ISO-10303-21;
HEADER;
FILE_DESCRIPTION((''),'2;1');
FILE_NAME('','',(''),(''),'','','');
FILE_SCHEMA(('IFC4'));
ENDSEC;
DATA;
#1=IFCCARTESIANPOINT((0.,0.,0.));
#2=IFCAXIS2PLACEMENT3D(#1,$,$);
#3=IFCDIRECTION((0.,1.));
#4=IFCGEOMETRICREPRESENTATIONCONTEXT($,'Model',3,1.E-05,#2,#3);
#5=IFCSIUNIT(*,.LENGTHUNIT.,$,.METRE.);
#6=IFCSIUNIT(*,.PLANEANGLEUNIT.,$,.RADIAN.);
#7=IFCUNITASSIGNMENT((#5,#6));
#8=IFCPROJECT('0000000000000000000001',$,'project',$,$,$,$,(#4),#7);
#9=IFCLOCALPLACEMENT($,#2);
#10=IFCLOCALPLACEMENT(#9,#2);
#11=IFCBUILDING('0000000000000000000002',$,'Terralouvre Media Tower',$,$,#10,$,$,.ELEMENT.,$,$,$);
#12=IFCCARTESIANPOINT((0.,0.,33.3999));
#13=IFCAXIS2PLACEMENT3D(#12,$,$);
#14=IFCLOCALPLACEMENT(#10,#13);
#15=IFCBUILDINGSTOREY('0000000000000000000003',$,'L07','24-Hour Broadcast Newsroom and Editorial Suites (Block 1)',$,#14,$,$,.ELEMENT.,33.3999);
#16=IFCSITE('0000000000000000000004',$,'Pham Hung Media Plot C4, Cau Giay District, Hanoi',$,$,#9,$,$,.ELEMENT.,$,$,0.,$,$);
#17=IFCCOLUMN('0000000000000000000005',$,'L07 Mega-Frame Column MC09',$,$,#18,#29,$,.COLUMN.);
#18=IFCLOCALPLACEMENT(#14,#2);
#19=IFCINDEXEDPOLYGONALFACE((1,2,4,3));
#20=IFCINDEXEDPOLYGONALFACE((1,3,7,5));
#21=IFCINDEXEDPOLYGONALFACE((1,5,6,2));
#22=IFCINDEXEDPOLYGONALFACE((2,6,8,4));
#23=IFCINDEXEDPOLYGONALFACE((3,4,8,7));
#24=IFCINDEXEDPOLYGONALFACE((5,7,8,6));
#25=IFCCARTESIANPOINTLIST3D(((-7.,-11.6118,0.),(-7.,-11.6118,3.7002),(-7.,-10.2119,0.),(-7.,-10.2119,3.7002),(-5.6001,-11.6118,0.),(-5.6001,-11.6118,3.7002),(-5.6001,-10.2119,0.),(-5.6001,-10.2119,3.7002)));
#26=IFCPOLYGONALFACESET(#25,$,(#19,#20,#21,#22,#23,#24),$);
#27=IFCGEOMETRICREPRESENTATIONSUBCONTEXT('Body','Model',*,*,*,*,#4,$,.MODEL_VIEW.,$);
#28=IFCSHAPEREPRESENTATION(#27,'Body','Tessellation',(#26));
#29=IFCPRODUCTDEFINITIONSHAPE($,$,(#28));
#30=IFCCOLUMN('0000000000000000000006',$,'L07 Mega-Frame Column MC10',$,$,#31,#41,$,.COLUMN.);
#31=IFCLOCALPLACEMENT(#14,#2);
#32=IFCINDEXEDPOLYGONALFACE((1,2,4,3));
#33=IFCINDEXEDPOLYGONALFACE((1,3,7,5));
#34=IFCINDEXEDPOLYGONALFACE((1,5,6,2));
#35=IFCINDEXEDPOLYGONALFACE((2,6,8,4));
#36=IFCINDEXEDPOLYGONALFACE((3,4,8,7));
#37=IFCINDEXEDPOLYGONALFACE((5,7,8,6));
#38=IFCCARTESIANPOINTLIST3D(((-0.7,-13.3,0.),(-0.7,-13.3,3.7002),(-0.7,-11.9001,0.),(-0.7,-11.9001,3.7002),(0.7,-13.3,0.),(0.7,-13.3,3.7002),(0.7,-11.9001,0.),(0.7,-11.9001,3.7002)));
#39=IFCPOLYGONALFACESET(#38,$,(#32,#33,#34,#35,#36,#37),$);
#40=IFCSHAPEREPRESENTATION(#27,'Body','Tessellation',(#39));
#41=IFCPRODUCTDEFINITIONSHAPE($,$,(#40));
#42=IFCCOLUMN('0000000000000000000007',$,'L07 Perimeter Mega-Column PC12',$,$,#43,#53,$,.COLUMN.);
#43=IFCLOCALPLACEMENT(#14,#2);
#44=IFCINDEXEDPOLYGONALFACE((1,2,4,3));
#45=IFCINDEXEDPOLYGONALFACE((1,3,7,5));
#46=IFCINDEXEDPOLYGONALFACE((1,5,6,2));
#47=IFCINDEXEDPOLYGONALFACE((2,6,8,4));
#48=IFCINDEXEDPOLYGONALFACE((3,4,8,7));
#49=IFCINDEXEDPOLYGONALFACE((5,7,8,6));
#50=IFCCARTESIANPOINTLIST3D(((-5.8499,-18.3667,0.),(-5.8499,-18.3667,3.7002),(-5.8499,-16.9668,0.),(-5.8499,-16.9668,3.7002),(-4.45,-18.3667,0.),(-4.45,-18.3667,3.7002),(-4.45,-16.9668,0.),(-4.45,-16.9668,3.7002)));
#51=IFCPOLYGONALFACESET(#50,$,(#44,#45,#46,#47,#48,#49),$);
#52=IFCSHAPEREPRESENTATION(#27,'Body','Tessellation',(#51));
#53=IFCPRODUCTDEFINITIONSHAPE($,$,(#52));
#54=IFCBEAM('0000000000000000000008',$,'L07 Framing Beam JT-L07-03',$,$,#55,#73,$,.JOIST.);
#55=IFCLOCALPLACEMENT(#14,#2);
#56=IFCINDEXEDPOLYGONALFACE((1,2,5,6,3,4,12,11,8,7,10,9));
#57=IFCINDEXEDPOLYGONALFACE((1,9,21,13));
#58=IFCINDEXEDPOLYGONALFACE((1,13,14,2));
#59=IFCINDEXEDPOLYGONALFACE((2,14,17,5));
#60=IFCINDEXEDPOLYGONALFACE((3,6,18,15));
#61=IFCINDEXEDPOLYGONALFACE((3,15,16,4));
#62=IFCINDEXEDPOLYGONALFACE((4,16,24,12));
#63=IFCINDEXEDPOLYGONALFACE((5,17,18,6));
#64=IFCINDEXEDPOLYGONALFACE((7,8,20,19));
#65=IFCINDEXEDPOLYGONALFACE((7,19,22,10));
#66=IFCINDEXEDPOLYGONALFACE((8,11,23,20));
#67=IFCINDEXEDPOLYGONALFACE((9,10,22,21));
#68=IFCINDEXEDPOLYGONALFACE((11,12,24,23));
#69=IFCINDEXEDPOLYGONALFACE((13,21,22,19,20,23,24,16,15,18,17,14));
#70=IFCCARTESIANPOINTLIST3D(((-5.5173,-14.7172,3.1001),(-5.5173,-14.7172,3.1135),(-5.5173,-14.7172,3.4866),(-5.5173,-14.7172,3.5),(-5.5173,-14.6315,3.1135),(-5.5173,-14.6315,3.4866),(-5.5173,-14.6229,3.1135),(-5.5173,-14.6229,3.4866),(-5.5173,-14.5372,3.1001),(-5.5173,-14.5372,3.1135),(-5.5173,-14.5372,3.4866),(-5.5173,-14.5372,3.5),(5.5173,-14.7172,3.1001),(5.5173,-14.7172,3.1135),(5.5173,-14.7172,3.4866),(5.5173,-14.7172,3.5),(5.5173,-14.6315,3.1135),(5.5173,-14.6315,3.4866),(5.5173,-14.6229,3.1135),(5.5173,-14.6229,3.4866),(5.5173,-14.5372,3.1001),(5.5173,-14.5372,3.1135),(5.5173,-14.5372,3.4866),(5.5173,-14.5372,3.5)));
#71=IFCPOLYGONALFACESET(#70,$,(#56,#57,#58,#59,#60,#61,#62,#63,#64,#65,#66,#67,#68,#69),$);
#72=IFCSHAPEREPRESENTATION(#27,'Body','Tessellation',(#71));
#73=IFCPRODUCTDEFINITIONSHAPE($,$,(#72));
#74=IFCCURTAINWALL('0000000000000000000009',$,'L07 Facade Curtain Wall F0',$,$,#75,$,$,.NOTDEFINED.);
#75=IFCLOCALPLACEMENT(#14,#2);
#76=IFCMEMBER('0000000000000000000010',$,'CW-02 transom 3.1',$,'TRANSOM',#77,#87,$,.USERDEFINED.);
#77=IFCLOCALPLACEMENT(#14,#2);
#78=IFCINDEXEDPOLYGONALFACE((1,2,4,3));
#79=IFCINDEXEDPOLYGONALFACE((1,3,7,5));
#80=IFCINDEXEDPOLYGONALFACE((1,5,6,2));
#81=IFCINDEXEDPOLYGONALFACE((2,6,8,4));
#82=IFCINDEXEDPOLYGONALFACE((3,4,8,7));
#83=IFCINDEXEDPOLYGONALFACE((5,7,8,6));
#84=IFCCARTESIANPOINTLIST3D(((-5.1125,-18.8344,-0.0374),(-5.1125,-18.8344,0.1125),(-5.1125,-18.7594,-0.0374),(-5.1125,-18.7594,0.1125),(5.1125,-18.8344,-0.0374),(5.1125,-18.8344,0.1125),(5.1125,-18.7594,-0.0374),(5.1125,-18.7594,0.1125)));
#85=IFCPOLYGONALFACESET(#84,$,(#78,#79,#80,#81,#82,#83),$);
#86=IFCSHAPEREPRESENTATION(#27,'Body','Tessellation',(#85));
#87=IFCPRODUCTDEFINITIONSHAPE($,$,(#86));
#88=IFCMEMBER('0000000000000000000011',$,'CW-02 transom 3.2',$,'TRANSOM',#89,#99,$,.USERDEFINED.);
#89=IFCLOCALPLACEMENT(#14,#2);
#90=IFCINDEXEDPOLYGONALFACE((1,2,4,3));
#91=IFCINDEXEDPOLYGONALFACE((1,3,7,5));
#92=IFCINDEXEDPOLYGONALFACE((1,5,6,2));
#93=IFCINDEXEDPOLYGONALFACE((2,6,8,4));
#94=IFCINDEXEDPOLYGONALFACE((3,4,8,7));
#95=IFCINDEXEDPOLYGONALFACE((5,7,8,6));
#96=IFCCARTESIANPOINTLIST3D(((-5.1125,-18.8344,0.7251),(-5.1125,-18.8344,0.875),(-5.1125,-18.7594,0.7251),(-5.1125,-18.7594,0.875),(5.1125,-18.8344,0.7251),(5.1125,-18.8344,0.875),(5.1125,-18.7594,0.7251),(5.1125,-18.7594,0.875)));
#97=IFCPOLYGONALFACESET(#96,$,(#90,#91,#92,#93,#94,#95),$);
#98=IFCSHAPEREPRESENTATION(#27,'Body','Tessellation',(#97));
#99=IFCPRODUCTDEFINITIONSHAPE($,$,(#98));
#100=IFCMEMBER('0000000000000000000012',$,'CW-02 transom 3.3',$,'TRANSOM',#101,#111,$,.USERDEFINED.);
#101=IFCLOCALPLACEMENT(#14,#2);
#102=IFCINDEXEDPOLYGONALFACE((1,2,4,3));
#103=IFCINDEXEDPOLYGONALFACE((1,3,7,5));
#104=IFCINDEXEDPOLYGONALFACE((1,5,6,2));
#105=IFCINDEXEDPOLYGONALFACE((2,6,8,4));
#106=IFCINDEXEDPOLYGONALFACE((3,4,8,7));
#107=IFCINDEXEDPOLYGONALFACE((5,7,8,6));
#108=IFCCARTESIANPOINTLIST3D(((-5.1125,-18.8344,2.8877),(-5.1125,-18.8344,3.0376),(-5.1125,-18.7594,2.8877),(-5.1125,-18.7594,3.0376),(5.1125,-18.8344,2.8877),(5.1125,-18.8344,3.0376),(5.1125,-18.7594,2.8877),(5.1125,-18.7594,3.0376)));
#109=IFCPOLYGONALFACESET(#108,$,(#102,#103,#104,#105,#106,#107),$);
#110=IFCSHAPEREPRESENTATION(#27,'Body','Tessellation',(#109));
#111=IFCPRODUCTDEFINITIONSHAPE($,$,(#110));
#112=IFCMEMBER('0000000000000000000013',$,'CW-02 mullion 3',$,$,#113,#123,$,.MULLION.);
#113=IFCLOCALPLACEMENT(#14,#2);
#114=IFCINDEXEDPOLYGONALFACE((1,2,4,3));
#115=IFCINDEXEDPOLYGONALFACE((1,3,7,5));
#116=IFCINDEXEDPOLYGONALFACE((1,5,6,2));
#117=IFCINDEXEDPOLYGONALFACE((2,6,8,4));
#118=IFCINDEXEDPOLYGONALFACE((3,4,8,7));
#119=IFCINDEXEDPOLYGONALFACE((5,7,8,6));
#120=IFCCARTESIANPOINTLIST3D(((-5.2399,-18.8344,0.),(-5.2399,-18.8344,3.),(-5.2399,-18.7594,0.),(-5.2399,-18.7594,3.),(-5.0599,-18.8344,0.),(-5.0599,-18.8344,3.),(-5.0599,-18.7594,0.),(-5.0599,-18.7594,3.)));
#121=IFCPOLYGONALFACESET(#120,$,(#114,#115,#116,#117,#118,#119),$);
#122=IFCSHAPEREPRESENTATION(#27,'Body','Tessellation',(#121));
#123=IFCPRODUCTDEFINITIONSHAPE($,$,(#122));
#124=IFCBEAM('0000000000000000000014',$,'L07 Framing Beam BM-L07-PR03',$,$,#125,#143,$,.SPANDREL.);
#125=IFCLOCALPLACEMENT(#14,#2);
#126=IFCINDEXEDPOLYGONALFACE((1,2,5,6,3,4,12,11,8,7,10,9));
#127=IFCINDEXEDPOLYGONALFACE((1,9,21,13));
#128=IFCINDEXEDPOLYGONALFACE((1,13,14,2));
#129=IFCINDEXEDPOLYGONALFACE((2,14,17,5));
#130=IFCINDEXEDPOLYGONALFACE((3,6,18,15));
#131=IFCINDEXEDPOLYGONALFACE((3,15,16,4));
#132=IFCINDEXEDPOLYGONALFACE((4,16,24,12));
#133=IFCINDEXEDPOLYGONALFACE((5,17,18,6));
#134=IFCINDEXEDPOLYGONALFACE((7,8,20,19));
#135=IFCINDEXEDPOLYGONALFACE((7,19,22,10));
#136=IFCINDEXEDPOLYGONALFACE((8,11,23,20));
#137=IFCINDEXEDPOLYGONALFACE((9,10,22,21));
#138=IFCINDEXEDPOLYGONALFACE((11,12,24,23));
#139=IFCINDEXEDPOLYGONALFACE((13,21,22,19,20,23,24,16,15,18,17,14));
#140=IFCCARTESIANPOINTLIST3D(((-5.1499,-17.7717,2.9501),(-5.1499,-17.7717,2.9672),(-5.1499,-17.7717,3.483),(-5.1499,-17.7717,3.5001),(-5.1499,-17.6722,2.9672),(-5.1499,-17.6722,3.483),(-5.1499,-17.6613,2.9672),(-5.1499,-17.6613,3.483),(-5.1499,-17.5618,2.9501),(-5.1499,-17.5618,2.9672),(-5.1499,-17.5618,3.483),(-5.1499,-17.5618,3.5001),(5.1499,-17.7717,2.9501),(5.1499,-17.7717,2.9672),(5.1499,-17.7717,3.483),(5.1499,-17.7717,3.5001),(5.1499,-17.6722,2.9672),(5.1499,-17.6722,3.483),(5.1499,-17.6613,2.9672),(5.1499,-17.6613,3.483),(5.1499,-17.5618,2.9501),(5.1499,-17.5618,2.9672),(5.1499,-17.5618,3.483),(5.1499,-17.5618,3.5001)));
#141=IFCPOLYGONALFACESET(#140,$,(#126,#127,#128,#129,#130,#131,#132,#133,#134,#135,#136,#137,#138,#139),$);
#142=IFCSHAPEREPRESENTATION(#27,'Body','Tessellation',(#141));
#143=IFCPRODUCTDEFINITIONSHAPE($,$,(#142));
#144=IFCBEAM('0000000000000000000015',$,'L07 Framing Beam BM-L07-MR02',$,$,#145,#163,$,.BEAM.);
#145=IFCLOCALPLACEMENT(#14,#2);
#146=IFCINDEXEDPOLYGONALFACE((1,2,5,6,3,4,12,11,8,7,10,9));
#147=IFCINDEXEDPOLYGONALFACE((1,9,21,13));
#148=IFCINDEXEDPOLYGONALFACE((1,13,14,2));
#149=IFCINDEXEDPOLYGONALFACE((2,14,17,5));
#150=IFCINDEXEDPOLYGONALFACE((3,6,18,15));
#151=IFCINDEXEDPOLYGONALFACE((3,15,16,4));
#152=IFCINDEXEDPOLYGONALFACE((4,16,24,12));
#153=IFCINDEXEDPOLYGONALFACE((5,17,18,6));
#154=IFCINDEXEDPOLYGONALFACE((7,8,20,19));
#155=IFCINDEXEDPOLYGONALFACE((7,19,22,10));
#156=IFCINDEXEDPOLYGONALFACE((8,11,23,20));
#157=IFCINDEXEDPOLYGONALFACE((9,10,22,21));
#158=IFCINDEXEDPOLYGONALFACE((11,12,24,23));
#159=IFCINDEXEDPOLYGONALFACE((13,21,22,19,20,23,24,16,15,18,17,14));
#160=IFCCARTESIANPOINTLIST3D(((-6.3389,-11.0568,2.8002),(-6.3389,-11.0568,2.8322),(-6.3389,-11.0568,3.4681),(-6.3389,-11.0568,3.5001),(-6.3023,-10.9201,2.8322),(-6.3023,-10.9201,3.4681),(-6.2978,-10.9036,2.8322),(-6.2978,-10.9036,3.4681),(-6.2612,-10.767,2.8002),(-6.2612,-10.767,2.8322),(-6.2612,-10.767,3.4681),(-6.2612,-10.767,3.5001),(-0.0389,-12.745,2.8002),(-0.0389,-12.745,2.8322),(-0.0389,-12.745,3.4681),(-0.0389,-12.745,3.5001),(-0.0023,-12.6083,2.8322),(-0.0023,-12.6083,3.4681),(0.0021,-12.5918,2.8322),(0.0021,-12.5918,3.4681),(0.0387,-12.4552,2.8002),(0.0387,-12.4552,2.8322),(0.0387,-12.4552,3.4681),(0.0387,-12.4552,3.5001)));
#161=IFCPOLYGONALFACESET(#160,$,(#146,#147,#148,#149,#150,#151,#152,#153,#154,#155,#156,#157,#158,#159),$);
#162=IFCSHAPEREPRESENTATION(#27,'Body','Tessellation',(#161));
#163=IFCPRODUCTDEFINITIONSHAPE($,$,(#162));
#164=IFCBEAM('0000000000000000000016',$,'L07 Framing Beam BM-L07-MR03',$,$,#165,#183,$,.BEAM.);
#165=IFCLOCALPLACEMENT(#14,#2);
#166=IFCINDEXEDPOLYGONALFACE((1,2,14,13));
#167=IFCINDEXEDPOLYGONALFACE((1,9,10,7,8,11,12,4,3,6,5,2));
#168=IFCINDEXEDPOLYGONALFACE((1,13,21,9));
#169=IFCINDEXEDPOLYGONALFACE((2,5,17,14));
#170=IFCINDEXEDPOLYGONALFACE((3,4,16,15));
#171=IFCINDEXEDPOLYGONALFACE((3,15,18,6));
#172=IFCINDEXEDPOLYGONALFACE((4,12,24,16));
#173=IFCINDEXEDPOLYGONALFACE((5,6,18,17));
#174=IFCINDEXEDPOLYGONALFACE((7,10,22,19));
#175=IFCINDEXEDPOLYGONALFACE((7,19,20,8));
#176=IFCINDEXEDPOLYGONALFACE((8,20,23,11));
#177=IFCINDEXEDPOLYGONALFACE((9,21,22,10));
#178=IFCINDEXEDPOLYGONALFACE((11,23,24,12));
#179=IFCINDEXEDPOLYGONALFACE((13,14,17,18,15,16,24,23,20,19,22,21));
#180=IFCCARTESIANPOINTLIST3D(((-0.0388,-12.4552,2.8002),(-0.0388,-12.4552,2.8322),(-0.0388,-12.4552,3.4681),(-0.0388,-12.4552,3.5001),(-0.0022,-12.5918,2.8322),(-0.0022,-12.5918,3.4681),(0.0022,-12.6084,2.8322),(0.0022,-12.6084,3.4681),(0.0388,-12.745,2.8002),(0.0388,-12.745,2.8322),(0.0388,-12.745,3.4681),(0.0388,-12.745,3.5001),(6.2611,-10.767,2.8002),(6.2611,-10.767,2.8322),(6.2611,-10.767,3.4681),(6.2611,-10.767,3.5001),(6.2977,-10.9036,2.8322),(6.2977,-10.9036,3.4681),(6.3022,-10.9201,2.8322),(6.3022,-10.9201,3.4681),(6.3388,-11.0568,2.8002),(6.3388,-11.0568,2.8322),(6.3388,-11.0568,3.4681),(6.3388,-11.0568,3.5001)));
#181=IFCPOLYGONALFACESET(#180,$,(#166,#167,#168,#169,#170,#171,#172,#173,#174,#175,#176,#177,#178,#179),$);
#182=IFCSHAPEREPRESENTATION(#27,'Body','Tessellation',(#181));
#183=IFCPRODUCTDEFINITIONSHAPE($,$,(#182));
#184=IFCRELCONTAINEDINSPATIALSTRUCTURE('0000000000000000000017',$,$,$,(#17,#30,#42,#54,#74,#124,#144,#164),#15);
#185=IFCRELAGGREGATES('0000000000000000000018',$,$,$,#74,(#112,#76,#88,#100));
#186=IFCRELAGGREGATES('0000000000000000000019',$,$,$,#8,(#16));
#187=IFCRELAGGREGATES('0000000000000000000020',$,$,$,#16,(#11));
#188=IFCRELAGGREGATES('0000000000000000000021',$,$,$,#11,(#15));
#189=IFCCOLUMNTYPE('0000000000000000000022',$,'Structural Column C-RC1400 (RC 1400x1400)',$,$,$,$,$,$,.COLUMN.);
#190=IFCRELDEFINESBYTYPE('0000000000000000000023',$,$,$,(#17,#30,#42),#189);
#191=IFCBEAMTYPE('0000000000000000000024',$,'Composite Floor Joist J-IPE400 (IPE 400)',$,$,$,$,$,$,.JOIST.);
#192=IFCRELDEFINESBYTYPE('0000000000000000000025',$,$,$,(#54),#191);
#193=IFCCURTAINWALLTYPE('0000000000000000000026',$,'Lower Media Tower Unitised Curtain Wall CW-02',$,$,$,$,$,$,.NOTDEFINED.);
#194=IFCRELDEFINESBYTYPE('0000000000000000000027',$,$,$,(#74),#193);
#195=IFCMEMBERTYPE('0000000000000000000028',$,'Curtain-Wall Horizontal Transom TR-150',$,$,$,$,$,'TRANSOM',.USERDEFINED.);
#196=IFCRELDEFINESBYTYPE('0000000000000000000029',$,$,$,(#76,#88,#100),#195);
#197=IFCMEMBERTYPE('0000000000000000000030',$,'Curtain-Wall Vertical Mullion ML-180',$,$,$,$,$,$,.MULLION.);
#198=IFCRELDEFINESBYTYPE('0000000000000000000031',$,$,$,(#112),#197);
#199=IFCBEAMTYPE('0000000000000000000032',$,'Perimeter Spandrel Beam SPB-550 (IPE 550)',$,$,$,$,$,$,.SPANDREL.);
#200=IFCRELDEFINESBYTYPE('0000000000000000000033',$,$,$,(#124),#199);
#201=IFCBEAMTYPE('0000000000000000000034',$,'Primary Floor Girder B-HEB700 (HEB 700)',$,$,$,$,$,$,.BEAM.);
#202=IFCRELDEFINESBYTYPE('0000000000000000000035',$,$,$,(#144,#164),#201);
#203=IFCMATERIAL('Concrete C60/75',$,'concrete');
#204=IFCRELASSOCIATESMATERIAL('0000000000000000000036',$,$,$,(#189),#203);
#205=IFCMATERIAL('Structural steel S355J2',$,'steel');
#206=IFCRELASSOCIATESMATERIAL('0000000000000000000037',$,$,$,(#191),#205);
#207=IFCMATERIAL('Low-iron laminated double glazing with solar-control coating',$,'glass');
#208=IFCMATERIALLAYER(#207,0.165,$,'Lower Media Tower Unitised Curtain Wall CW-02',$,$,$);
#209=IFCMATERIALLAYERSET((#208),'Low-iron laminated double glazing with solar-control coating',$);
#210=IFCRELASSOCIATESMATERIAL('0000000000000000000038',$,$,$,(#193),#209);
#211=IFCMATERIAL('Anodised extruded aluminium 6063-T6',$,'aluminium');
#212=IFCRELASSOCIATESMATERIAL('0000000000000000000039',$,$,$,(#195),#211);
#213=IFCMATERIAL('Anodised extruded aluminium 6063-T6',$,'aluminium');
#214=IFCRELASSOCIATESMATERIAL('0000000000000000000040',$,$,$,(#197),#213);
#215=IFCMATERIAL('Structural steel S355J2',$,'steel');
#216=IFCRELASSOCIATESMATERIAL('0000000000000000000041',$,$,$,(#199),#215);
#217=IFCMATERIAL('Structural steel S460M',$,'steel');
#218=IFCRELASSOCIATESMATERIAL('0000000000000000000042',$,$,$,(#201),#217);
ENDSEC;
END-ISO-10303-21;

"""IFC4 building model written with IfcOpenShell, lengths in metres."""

from ifc_helpers import new_model, si_unit, direction, frame, origin, origin_2d, place, context, subcontext, project, spatial, rectangle, i_section, extrude, material, layer, layer_set, material_profile, profile_set, type_object, element, aggregate, save


model = new_model("IFC4")

# Units and contexts
model_context = context("Model", 3, precision=1e-05, world=origin(), true_north=direction((0.0, 1.0)))
body_context = subcontext(model_context, "Body", "Model", "MODEL_VIEW")
ifc_project = project(units=[si_unit("LENGTHUNIT", "METRE"), si_unit("PLANEANGLEUNIT", "RADIAN")], contexts=[model_context])

# Site, building, storey
site_placement = place(None, origin())
site = spatial("IfcSite", under=ifc_project, at=site_placement, Name="Pham Hung Media Plot C4, Cau Giay District, Hanoi", CompositionType="ELEMENT", RefElevation=0.0)
building_placement = place(site_placement, origin())
building = spatial("IfcBuilding", under=site, at=building_placement, Name="Terralouvre Media Tower", CompositionType="ELEMENT")
storey_placement = place(building_placement, frame((0.0, 0.0, 33.3999)))
storey = spatial("IfcBuildingStorey", under=building, at=storey_placement, Name="L07", Description="24-Hour Broadcast Newsroom and Editorial Suites (Block 1)", CompositionType="ELEMENT", Elevation=33.3999)

# Columns
ifc_material_1 = material(Name="Concrete C60/75", Category="concrete")
ifc_material_profile_1 = material_profile(ifc_material_1, rectangle(XDim=1.3999, YDim=1.3999, at=origin_2d()), Name="RC 1400x1400")
ifc_profile_set_1 = profile_set([ifc_material_profile_1], Name="Concrete C60/75")
column_type = type_object("IfcColumnType", Name="Structural Column C-RC1400 (RC 1400x1400)", PredefinedType="COLUMN", material=ifc_profile_set_1)
for number, where, z_axis, x_axis, name in (
    (1, (-6.3, -10.9119, 0.0), (0.0, 0.0, 1.0), (1.0, 0.0, 0.0), "L07 Mega-Frame Column MC09"),
    (2, (0.0, -12.6001, 0.0), (0.0, 0.0, 1.0), (1.0, 0.0, 0.0), "L07 Mega-Frame Column MC10"),
    (3, (-5.1499, -17.6667, 0.0), (0.0, 0.0, 1.0), (1.0, 0.0, 0.0), "L07 Perimeter Mega-Column PC12"),
):
    element("IfcColumn", number, at=place(storey_placement, frame(where, z_axis=z_axis, x_axis=x_axis)), inside=storey, type_object=column_type, Name=name, PredefinedType="COLUMN", context=body_context, shape_type="SweptSolid", body=[
        extrude(rectangle(XDim=1.3999, YDim=1.3999, at=origin_2d()), origin(), (0.0, 0.0, 1.0), 3.7002),
    ])

# Beam
ifc_material_2 = material(Name="Structural steel S355J2", Category="steel")
ifc_material_profile_2 = material_profile(ifc_material_2, i_section(OverallWidth=0.1799, OverallDepth=0.3999, WebThickness=0.0085, FlangeThickness=0.0134, at=origin_2d()), Name="IPE 400")
ifc_profile_set_2 = profile_set([ifc_material_profile_2], Name="Structural steel S355J2")
beam_type_1 = type_object("IfcBeamType", Name="Composite Floor Joist J-IPE400 (IPE 400)", PredefinedType="JOIST", material=ifc_profile_set_2)
beam_1_placement = place(storey_placement, frame((-5.5173, -14.6272, 3.3), z_axis=(1.0, 0.0, 0.0), x_axis=(0.0, 1.0, 0.0)))
element("IfcBeam", 4, at=beam_1_placement, inside=storey, type_object=beam_type_1, Name="L07 Framing Beam JT-L07-03", PredefinedType="JOIST", context=body_context, shape_type="SweptSolid", body=[
    extrude(i_section(OverallWidth=0.1799, OverallDepth=0.3999, WebThickness=0.0085, FlangeThickness=0.0134, at=origin_2d()), origin(), (0.0, 0.0, 1.0), 11.0347),
])

# Curtain wall, members
ifc_material_3 = material(Name="Low-iron laminated double glazing with solar-control coating", Category="glass")
ifc_layer_1 = layer(ifc_material_3, 0.165, Name="Lower Media Tower Unitised Curtain Wall CW-02")
ifc_layer_set_1 = layer_set([ifc_layer_1], Name="Low-iron laminated double glazing with solar-control coating")
curtain_wall_type = type_object("IfcCurtainWallType", Name="Lower Media Tower Unitised Curtain Wall CW-02", PredefinedType="NOTDEFINED", material=ifc_layer_set_1)
curtain_wall_placement = place(storey_placement, origin())
curtain_wall = element("IfcCurtainWall", 5, at=curtain_wall_placement, inside=storey, type_object=curtain_wall_type, Name="L07 Facade Curtain Wall F0", PredefinedType="NOTDEFINED")
ifc_material_4 = material(Name="Anodised extruded aluminium 6063-T6", Category="aluminium")
ifc_material_profile_3 = material_profile(ifc_material_4, rectangle(XDim=0.075, YDim=0.1499, at=origin_2d()), Name="ALU 75x150")
ifc_profile_set_3 = profile_set([ifc_material_profile_3], Name="Anodised extruded aluminium 6063-T6")
member_type_1 = type_object("IfcMemberType", Name="Curtain-Wall Horizontal Transom TR-150", ElementType="TRANSOM", PredefinedType="USERDEFINED", material=ifc_profile_set_3)
member_1_placement = place(storey_placement, frame((-5.1125, -18.7969, 0.0376), z_axis=(1.0, 0.0, 0.0), x_axis=(0.0, 1.0, 0.0)))
member_1 = element("IfcMember", 6, at=member_1_placement, type_object=member_type_1, Name="CW-02 transom 3.1", ObjectType="TRANSOM", PredefinedType="USERDEFINED", context=body_context, shape_type="SweptSolid", body=[
    extrude(rectangle(XDim=0.075, YDim=0.1499, at=origin_2d()), origin(), (0.0, 0.0, 1.0), 10.2251),
])
member_2_placement = place(storey_placement, frame((-5.1125, -18.7969, 0.8), z_axis=(1.0, 0.0, 0.0), x_axis=(0.0, 1.0, 0.0)))
member_2 = element("IfcMember", 7, at=member_2_placement, type_object=member_type_1, Name="CW-02 transom 3.2", ObjectType="TRANSOM", PredefinedType="USERDEFINED", context=body_context, shape_type="SweptSolid", body=[
    extrude(rectangle(XDim=0.075, YDim=0.1499, at=origin_2d()), origin(), (0.0, 0.0, 1.0), 10.2251),
])
member_3_placement = place(storey_placement, frame((-5.1125, -18.7969, 2.9626), z_axis=(1.0, 0.0, 0.0), x_axis=(0.0, 1.0, 0.0)))
member_3 = element("IfcMember", 8, at=member_3_placement, type_object=member_type_1, Name="CW-02 transom 3.3", ObjectType="TRANSOM", PredefinedType="USERDEFINED", context=body_context, shape_type="SweptSolid", body=[
    extrude(rectangle(XDim=0.075, YDim=0.1499, at=origin_2d()), origin(), (0.0, 0.0, 1.0), 10.2251),
])
ifc_material_5 = material(Name="Anodised extruded aluminium 6063-T6", Category="aluminium")
ifc_material_profile_4 = material_profile(ifc_material_5, rectangle(XDim=0.075, YDim=0.1799, at=origin_2d()), Name="ALU 75x180")
ifc_profile_set_4 = profile_set([ifc_material_profile_4], Name="Anodised extruded aluminium 6063-T6")
member_type_2 = type_object("IfcMemberType", Name="Curtain-Wall Vertical Mullion ML-180", PredefinedType="MULLION", material=ifc_profile_set_4)
member_4_placement = place(storey_placement, frame((-5.1499, -18.7969, 0.0), z_axis=(0.0, 0.0, 1.0), x_axis=(0.0, 1.0, 0.0)))
member_4 = element("IfcMember", 9, at=member_4_placement, type_object=member_type_2, Name="CW-02 mullion 3", PredefinedType="MULLION", context=body_context, shape_type="SweptSolid", body=[
    extrude(rectangle(XDim=0.075, YDim=0.1799, at=origin_2d()), origin(), (0.0, 0.0, 1.0), 3.0),
])

# Beams
ifc_material_6 = material(Name="Structural steel S355J2", Category="steel")
ifc_material_profile_5 = material_profile(ifc_material_6, i_section(OverallWidth=0.21, OverallDepth=0.55, WebThickness=0.011, FlangeThickness=0.0171, at=origin_2d()), Name="IPE 550")
ifc_profile_set_5 = profile_set([ifc_material_profile_5], Name="Structural steel S355J2")
beam_type_2 = type_object("IfcBeamType", Name="Perimeter Spandrel Beam SPB-550 (IPE 550)", PredefinedType="SPANDREL", material=ifc_profile_set_5)
beam_2_placement = place(storey_placement, frame((-5.1499, -17.6667, 3.2251), z_axis=(1.0, 0.0, 0.0), x_axis=(0.0, 1.0, 0.0)))
element("IfcBeam", 10, at=beam_2_placement, inside=storey, type_object=beam_type_2, Name="L07 Framing Beam BM-L07-PR03", PredefinedType="SPANDREL", context=body_context, shape_type="SweptSolid", body=[
    extrude(i_section(OverallWidth=0.21, OverallDepth=0.55, WebThickness=0.011, FlangeThickness=0.0171, at=origin_2d()), origin(), (0.0, 0.0, 1.0), 10.2998),
])
ifc_material_7 = material(Name="Structural steel S460M", Category="steel")
ifc_material_profile_6 = material_profile(ifc_material_7, i_section(OverallWidth=0.3, OverallDepth=0.7, WebThickness=0.0171, FlangeThickness=0.032, at=origin_2d()), Name="HEB 700")
ifc_profile_set_6 = profile_set([ifc_material_profile_6], Name="Structural steel S460M")
beam_type_3 = type_object("IfcBeamType", Name="Primary Floor Girder B-HEB700 (HEB 700)", PredefinedType="BEAM", material=ifc_profile_set_6)
for number, where, z_axis, x_axis, name in (
    (11, (-6.3, -10.9119, 3.1501), (0.96592, -0.258839, 0.0), (0.258839, 0.96592, 0.0), "L07 Framing Beam BM-L07-MR02"),
    (12, (0.0, -12.6001, 3.1501), (0.96592, 0.258839, 0.0), (-0.258839, 0.96592, 0.0), "L07 Framing Beam BM-L07-MR03"),
):
    element("IfcBeam", number, at=place(storey_placement, frame(where, z_axis=z_axis, x_axis=x_axis)), inside=storey, type_object=beam_type_3, Name=name, PredefinedType="BEAM", context=body_context, shape_type="SweptSolid", body=[
        extrude(i_section(OverallWidth=0.3, OverallDepth=0.7, WebThickness=0.0171, FlangeThickness=0.032, at=origin_2d()), origin(), (0.0, 0.0, 1.0), 6.5222),
    ])

aggregate(curtain_wall, [member_4, member_1, member_2, member_3])

save(model, "model.ifc")
